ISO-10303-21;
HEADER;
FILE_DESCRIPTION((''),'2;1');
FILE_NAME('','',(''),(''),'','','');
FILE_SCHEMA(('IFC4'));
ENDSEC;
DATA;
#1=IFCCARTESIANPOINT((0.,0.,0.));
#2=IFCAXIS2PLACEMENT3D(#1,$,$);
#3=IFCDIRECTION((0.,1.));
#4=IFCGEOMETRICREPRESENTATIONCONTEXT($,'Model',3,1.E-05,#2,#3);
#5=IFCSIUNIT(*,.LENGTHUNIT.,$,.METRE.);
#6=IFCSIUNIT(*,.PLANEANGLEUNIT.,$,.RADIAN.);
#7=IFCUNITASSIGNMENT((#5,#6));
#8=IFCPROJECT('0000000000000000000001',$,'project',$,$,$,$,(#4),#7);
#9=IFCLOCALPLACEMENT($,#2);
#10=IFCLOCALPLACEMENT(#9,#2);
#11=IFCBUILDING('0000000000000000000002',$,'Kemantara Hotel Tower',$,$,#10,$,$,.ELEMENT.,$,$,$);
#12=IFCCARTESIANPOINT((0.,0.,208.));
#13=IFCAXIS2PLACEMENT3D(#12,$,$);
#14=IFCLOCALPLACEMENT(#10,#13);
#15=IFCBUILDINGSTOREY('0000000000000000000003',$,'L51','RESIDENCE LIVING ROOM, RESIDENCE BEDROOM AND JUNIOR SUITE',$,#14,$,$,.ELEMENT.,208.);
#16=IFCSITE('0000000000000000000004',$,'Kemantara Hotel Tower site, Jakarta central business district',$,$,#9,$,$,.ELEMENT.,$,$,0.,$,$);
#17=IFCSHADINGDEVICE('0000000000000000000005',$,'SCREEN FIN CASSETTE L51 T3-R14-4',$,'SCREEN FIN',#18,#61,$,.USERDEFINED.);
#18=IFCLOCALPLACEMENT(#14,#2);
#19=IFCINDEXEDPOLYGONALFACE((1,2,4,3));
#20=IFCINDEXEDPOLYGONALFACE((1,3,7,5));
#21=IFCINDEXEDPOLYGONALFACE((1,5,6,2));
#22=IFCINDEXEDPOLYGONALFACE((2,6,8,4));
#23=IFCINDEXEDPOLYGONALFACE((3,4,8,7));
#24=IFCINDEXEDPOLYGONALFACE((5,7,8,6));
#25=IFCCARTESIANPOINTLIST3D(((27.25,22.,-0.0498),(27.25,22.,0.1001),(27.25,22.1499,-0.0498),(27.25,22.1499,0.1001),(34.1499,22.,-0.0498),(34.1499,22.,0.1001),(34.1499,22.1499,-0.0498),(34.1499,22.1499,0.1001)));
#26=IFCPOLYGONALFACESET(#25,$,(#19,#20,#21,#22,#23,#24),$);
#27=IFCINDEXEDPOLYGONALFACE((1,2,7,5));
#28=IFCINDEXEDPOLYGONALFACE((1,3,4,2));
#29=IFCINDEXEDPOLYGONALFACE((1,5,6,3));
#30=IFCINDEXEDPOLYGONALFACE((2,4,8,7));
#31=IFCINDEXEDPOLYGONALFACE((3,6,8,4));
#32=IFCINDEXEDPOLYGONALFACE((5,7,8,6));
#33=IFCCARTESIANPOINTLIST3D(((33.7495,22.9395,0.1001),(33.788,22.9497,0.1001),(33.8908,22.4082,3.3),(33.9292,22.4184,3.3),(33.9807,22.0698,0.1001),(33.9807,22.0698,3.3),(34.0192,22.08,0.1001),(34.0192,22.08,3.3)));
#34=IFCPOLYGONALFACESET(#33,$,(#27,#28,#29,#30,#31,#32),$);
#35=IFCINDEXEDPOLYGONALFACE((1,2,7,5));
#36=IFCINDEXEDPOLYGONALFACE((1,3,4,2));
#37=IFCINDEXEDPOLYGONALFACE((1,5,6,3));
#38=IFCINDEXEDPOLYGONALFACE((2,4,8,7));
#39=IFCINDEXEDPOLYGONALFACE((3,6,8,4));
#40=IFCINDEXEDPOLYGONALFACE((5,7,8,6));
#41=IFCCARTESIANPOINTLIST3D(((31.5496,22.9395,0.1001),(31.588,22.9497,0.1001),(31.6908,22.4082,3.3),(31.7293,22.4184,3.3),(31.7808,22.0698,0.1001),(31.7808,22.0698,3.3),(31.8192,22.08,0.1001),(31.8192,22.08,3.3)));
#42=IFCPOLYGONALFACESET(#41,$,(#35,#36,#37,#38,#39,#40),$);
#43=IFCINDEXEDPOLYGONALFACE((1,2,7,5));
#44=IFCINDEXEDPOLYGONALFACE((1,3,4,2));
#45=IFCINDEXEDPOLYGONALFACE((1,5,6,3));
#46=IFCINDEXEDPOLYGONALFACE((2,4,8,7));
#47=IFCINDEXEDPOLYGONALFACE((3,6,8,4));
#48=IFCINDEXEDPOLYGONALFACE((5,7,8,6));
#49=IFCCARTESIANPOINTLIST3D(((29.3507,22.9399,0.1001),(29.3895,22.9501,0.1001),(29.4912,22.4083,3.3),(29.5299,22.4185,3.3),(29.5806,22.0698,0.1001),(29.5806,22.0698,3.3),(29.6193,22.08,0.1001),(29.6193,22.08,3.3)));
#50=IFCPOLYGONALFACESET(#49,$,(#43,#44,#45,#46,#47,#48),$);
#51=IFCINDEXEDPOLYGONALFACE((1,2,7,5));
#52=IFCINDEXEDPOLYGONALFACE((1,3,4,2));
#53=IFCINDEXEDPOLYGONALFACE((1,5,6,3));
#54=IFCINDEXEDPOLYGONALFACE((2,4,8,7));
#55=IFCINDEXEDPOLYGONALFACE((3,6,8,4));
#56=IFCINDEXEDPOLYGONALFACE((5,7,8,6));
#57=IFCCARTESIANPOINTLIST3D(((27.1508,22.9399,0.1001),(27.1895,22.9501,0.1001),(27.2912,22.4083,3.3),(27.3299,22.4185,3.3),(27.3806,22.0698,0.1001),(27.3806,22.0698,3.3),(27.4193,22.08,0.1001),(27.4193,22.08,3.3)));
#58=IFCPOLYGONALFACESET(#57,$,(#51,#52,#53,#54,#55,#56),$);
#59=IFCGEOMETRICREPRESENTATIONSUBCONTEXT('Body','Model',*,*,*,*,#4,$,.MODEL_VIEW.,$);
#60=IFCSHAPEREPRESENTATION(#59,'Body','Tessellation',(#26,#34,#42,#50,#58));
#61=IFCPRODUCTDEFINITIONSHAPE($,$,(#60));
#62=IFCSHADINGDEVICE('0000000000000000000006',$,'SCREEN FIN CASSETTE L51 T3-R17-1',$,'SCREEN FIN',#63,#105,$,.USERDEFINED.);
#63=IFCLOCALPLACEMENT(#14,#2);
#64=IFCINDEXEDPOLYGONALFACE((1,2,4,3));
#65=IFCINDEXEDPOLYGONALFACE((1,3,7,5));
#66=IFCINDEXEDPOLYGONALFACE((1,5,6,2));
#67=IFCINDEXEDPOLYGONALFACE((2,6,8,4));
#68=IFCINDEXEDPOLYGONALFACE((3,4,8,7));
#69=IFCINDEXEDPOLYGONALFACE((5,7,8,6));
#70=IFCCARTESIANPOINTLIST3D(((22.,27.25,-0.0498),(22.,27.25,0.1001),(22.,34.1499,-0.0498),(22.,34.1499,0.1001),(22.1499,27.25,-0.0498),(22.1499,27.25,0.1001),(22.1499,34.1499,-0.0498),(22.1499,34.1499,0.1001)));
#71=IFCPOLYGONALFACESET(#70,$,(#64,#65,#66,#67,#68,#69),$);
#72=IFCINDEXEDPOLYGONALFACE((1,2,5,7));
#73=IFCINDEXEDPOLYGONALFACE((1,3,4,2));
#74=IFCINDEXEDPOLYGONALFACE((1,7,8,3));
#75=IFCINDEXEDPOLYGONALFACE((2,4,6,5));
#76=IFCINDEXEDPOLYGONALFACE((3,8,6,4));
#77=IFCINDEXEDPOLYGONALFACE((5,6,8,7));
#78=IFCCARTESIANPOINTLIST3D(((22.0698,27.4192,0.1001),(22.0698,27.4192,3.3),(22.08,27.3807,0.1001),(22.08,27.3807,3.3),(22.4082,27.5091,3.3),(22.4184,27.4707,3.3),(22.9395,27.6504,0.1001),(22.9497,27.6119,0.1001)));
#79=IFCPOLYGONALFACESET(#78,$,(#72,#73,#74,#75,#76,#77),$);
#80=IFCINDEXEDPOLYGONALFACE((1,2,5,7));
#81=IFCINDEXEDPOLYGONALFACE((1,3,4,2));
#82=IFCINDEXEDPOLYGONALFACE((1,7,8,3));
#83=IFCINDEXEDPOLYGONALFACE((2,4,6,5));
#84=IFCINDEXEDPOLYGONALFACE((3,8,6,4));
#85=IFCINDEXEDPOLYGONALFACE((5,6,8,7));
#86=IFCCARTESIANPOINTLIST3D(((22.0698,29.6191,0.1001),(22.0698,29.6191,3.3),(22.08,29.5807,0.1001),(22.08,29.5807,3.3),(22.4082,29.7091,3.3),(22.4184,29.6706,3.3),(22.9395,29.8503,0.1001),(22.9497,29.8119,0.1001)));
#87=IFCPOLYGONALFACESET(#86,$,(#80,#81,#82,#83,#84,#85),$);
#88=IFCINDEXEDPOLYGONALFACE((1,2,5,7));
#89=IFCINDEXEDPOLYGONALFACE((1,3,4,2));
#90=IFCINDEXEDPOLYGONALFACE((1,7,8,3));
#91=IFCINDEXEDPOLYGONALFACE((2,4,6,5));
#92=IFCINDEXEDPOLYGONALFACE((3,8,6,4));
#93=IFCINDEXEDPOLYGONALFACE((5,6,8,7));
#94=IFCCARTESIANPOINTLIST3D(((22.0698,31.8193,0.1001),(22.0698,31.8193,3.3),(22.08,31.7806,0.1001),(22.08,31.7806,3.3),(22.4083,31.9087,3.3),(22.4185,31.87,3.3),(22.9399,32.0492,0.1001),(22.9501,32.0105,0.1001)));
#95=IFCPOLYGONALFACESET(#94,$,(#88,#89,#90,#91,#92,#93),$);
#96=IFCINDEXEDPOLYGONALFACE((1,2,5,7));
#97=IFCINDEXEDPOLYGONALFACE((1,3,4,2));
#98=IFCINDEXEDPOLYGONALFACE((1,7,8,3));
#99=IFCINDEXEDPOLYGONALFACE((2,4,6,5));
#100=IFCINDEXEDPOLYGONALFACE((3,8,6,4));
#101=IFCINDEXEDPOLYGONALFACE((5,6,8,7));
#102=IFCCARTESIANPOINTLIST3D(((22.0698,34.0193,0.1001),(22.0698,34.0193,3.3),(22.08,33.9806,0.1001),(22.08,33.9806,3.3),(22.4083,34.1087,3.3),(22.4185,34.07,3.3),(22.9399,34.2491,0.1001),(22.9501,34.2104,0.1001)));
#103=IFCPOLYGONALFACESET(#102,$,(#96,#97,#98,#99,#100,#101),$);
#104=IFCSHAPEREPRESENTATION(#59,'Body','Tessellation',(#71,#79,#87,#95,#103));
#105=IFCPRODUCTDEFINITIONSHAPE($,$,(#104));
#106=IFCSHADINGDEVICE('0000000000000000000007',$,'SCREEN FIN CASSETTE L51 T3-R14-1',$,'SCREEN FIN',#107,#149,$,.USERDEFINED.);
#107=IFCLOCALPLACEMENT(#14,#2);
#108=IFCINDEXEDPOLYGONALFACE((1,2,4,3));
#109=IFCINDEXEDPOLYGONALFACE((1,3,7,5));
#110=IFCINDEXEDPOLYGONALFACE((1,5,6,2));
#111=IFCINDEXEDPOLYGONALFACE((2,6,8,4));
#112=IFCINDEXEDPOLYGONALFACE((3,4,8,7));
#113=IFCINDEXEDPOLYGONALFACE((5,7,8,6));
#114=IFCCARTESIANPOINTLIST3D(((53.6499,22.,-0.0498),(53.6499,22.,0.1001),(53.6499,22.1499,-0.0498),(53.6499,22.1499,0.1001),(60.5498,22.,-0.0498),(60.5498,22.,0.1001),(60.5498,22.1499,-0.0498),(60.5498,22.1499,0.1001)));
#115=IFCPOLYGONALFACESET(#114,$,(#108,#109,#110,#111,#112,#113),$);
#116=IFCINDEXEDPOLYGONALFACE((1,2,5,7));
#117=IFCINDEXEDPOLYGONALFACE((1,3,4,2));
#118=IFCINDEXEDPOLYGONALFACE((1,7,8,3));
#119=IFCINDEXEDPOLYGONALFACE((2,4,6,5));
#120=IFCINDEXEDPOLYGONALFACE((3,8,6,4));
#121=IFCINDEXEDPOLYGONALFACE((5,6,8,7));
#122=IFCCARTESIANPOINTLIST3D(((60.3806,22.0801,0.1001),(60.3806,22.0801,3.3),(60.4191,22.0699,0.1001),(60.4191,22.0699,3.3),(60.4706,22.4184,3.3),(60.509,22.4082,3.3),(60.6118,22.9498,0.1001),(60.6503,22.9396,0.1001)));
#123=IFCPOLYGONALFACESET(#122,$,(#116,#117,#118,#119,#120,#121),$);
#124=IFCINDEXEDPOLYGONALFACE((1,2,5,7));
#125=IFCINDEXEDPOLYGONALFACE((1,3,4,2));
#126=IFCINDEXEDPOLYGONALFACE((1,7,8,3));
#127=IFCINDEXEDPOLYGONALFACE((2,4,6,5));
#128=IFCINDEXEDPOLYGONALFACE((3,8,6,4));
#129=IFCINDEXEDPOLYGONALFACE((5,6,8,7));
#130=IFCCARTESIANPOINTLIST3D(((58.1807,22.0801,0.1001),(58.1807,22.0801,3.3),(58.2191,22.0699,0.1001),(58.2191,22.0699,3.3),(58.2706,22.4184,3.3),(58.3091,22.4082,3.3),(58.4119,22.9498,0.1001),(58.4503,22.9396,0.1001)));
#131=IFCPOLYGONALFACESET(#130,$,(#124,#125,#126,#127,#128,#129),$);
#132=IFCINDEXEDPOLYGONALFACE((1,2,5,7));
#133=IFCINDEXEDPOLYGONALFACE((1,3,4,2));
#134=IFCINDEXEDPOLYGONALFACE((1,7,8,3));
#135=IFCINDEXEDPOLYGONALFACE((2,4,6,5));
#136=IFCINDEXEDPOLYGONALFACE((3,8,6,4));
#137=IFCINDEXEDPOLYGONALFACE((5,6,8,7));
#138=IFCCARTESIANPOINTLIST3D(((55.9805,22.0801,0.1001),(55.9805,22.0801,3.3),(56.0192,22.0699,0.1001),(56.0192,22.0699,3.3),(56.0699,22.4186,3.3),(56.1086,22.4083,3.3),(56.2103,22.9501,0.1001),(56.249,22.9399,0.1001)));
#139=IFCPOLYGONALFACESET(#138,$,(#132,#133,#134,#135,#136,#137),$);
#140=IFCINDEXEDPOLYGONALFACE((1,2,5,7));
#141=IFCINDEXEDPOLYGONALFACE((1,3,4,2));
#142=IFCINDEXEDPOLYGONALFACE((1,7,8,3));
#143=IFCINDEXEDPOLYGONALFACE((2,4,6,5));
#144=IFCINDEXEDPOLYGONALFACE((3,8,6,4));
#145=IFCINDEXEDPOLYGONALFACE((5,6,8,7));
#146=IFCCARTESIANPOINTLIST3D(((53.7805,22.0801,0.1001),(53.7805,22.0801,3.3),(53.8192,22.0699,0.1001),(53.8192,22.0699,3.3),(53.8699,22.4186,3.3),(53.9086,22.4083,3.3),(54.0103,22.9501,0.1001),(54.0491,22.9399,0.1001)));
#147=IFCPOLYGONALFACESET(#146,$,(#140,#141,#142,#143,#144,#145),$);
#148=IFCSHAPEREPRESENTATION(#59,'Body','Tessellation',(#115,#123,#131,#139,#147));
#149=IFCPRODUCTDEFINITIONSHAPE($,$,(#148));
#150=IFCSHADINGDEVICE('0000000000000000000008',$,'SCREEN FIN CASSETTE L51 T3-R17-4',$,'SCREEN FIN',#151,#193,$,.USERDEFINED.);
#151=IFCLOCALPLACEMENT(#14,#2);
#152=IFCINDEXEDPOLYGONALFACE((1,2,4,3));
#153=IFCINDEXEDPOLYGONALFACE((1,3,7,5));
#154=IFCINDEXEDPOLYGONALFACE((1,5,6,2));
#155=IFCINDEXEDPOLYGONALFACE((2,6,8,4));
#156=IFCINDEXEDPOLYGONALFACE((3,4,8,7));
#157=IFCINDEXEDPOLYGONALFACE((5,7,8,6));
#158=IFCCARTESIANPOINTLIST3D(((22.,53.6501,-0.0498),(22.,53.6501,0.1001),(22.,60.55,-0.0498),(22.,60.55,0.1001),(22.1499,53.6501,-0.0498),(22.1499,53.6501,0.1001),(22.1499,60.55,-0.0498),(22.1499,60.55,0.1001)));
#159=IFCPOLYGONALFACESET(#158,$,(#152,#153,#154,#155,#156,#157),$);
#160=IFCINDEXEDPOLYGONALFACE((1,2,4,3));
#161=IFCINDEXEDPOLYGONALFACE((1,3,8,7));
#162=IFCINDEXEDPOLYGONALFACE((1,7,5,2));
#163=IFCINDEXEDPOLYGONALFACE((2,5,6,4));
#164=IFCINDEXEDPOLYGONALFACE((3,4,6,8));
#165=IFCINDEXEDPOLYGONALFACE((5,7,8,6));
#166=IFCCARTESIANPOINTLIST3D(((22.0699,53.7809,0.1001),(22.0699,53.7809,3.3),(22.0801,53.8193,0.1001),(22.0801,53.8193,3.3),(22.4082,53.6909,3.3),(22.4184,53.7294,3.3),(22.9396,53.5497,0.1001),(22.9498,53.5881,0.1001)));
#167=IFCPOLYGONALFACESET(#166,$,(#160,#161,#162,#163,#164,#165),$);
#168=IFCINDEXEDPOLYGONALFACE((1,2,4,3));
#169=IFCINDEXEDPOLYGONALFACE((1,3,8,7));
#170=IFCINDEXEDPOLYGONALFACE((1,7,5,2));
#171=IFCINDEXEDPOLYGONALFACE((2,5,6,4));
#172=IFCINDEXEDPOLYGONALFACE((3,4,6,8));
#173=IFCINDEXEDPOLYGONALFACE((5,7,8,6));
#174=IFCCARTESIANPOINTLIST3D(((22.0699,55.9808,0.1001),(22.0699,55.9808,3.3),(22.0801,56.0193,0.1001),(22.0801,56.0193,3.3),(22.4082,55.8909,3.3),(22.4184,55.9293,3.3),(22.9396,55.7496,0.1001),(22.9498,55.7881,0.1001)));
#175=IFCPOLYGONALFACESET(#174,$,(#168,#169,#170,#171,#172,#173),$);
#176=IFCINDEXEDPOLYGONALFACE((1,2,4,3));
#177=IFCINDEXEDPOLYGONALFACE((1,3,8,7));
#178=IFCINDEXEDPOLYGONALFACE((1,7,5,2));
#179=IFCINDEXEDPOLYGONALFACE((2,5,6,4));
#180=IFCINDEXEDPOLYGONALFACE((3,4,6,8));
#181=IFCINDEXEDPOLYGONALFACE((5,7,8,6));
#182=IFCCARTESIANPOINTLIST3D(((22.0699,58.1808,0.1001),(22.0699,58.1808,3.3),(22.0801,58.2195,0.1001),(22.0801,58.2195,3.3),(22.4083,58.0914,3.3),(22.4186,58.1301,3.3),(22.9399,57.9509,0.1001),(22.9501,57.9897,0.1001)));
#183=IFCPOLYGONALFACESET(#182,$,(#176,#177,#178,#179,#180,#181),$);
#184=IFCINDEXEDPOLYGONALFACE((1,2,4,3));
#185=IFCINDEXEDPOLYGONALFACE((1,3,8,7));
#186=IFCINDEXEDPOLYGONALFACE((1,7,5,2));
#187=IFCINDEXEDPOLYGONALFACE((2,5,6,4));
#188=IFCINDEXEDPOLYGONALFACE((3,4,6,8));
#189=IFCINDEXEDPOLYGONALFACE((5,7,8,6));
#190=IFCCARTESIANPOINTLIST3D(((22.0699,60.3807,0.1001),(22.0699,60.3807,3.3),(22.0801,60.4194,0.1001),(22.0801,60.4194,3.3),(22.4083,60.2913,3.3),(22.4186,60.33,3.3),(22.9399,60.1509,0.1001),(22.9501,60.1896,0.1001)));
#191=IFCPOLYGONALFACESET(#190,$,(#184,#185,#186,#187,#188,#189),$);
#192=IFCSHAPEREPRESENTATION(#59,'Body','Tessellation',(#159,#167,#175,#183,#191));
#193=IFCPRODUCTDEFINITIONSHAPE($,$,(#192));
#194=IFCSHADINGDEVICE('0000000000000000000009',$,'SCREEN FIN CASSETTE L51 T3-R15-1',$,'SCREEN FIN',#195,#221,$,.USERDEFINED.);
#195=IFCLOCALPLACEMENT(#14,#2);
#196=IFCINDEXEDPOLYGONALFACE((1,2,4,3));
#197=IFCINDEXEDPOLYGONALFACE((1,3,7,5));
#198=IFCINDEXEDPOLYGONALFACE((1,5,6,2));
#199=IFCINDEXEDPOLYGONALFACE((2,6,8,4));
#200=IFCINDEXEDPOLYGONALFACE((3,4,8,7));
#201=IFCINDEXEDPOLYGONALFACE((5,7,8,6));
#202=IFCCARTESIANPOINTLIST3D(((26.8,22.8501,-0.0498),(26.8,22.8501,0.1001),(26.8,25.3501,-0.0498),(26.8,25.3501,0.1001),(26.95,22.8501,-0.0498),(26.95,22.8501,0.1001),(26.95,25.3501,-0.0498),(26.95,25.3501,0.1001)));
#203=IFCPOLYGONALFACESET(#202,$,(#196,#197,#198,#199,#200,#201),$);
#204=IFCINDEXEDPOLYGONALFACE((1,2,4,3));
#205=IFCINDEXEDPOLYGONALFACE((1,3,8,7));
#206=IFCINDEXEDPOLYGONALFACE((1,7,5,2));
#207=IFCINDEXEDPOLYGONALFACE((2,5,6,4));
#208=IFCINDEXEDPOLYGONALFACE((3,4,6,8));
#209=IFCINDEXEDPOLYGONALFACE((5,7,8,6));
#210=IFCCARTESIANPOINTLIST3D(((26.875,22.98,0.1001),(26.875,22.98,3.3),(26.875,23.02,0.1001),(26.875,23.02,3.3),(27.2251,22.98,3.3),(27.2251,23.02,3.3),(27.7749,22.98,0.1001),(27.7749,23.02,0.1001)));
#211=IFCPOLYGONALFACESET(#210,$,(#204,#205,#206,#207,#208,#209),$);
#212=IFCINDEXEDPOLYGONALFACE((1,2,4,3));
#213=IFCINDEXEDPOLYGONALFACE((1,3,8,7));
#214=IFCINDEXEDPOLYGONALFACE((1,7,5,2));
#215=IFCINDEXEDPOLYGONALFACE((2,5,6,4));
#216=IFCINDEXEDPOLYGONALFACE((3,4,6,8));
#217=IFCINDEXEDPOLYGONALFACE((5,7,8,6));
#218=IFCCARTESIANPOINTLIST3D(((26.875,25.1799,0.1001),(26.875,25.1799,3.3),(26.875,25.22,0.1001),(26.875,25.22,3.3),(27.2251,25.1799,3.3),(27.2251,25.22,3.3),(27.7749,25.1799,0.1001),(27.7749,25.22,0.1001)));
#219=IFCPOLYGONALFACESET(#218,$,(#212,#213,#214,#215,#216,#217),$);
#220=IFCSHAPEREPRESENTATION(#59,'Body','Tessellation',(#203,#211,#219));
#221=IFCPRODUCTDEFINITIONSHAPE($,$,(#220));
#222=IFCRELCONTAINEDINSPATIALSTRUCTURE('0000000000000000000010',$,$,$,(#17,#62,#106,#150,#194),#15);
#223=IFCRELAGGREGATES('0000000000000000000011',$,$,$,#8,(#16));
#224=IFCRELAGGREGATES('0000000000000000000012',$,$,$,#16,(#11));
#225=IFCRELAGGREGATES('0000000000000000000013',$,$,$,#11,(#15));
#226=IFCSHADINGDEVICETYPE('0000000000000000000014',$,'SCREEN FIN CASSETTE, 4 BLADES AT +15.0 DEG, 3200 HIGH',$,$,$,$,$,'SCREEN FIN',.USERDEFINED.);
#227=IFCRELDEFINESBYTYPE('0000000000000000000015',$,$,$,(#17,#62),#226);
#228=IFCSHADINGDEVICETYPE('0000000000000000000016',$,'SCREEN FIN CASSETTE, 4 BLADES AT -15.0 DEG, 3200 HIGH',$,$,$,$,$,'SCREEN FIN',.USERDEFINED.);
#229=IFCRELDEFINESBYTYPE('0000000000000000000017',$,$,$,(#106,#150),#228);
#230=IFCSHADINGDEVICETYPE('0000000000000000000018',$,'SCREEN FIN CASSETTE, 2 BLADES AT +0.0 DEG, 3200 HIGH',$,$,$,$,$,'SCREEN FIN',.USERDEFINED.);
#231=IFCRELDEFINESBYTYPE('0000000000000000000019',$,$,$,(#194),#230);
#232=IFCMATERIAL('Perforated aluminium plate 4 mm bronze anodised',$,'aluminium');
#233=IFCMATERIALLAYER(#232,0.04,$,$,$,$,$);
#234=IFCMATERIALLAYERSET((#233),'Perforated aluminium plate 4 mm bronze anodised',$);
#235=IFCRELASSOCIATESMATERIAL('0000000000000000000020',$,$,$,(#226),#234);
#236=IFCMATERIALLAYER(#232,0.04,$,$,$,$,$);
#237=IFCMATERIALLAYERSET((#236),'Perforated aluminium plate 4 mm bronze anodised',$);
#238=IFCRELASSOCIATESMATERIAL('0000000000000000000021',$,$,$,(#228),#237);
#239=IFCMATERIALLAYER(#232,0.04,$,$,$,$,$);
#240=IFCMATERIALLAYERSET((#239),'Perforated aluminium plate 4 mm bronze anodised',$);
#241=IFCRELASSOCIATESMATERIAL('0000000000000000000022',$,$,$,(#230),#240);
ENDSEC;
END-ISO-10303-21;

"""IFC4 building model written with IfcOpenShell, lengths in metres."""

from ifc_helpers import new_model, si_unit, direction, frame, origin, origin_2d, place, context, subcontext, project, spatial, polyline, rectangle, outline, extrude, source, transform, mapped, material, layer, layer_set, type_object, element, save


model = new_model("IFC4")

# Units and contexts
model_context = context("Model", 3, precision=1e-05, world=origin(), true_north=direction((0.0, 1.0)))
body_context = subcontext(model_context, "Body", "Model", "MODEL_VIEW")
ifc_project = project(units=[si_unit("LENGTHUNIT", "METRE"), si_unit("PLANEANGLEUNIT", "RADIAN")], contexts=[model_context])

# Site, building, storey
site_placement = place(None, origin())
site = spatial("IfcSite", under=ifc_project, at=site_placement, Name="Kemantara Hotel Tower site, Jakarta central business district", CompositionType="ELEMENT", RefElevation=0.0)
building_placement = place(site_placement, origin())
building = spatial("IfcBuilding", under=site, at=building_placement, Name="Kemantara Hotel Tower", CompositionType="ELEMENT")
storey_placement = place(building_placement, frame((0.0, 0.0, 208.0)))
storey = spatial("IfcBuildingStorey", under=building, at=storey_placement, Name="L51", Description="RESIDENCE LIVING ROOM, RESIDENCE BEDROOM AND JUNIOR SUITE", CompositionType="ELEMENT", Elevation=208.0)

# Shading devices
ifc_material_1 = material(Name="Perforated aluminium plate 4 mm bronze anodised", Category="aluminium")
ifc_layer_1 = layer(ifc_material_1, 0.04)
ifc_layer_set_1 = layer_set([ifc_layer_1], Name="Perforated aluminium plate 4 mm bronze anodised")
shading_device_type_1 = type_object("IfcShadingDeviceType", Name="SCREEN FIN CASSETTE, 4 BLADES AT +15.0 DEG, 3200 HIGH", ElementType="SCREEN FIN", PredefinedType="USERDEFINED", material=ifc_layer_set_1)
shared_shape_1 = source(origin(), body_context, "Body", "SweptSolid", [
    extrude(rectangle(XDim=6.8999, YDim=0.1499, at=origin_2d()), frame((3.3, -0.075, -0.1499), z_axis=(0.0, 0.0, 1.0), x_axis=(1.0, 0.0, 0.0)), (0.0, 0.0, 1.0), 0.1499),
    extrude(outline(polyline([(0.0, 0.0), (0.8999, 0.0), (0.3501, 3.2), (0.0, 3.2), (0.0, 0.0)])), frame((0.0193, -0.0698, 0.0), z_axis=(-0.966438, -0.256901, 0.0), x_axis=(0.256901, -0.966438, 0.0)), (0.0, 0.0, 1.0), 0.0398),
    extrude(outline(polyline([(0.0, 0.0), (0.8999, 0.0), (0.3501, 3.2), (0.0, 3.2), (0.0, 0.0)])), frame((2.2192, -0.0698, 0.0), z_axis=(-0.966438, -0.256901, 0.0), x_axis=(0.256901, -0.966438, 0.0)), (0.0, 0.0, 1.0), 0.0398),
    extrude(outline(polyline([(0.0, 0.0), (0.8999, 0.0), (0.3501, 3.2), (0.0, 3.2), (0.0, 0.0)])), frame((4.4194, -0.0698, 0.0), z_axis=(-0.966838, -0.255391, 0.0), x_axis=(0.255391, -0.966838, 0.0)), (0.0, 0.0, 1.0), 0.04),
    extrude(outline(polyline([(0.0, 0.0), (0.8999, 0.0), (0.3501, 3.2), (0.0, 3.2), (0.0, 0.0)])), frame((6.6194, -0.0698, 0.0), z_axis=(-0.966838, -0.255391, 0.0), x_axis=(0.255391, -0.966838, 0.0)), (0.0, 0.0, 1.0), 0.04),
])
for number, where, z_axis, x_axis, name in (
    (1, (34.0, 22.0, 0.1001), (0.0, 0.0, 1.0), (-1.0, 0.0, 0.0), "SCREEN FIN CASSETTE L51 T3-R14-4"),
    (2, (22.0, 27.3999, 0.1001), (0.0, 0.0, 1.0), (0.0, 1.0, 0.0), "SCREEN FIN CASSETTE L51 T3-R17-1"),
):
    element("IfcShadingDevice", number, at=place(storey_placement, frame(where, z_axis=z_axis, x_axis=x_axis)), inside=storey, type_object=shading_device_type_1, Name=name, ObjectType="SCREEN FIN", PredefinedType="USERDEFINED", context=body_context, shape_type="MappedRepresentation", body=[
        mapped(shared_shape_1, transform((0.0, 0.0, 0.0))),
    ])
ifc_layer_2 = layer(ifc_material_1, 0.04)
ifc_layer_set_2 = layer_set([ifc_layer_2], Name="Perforated aluminium plate 4 mm bronze anodised")
shading_device_type_2 = type_object("IfcShadingDeviceType", Name="SCREEN FIN CASSETTE, 4 BLADES AT -15.0 DEG, 3200 HIGH", ElementType="SCREEN FIN", PredefinedType="USERDEFINED", material=ifc_layer_set_2)
shared_shape_2 = source(origin(), body_context, "Body", "SweptSolid", [
    extrude(rectangle(XDim=6.8999, YDim=0.1499, at=origin_2d()), frame((3.3, -0.075, -0.1499), z_axis=(0.0, 0.0, 1.0), x_axis=(1.0, 0.0, 0.0)), (0.0, 0.0, 1.0), 0.1499),
    extrude(outline(polyline([(0.0, 0.0), (0.8999, 0.0), (0.3501, 3.2), (0.0, 3.2), (0.0, 0.0)])), frame((0.0193, -0.0801, 0.0), z_axis=(-0.966438, 0.256901, 0.0), x_axis=(-0.256901, -0.966438, 0.0)), (0.0, 0.0, 1.0), 0.0398),
    extrude(outline(polyline([(0.0, 0.0), (0.8999, 0.0), (0.3501, 3.2), (0.0, 3.2), (0.0, 0.0)])), frame((2.2192, -0.0801, 0.0), z_axis=(-0.966438, 0.256901, 0.0), x_axis=(-0.256901, -0.966438, 0.0)), (0.0, 0.0, 1.0), 0.0398),
    extrude(outline(polyline([(0.0, 0.0), (0.8999, 0.0), (0.3501, 3.2), (0.0, 3.2), (0.0, 0.0)])), frame((4.4194, -0.0801, 0.0), z_axis=(-0.966838, 0.255391, 0.0), x_axis=(-0.255391, -0.966838, 0.0)), (0.0, 0.0, 1.0), 0.04),
    extrude(outline(polyline([(0.0, 0.0), (0.8999, 0.0), (0.3501, 3.2), (0.0, 3.2), (0.0, 0.0)])), frame((6.6194, -0.0801, 0.0), z_axis=(-0.966838, 0.255391, 0.0), x_axis=(-0.255391, -0.966838, 0.0)), (0.0, 0.0, 1.0), 0.04),
])
for number, where, z_axis, x_axis, name in (
    (3, (60.3999, 22.0, 0.1001), (0.0, 0.0, 1.0), (-1.0, 0.0, 0.0), "SCREEN FIN CASSETTE L51 T3-R14-1"),
    (4, (22.0, 53.8, 0.1001), (0.0, 0.0, 1.0), (0.0, 1.0, 0.0), "SCREEN FIN CASSETTE L51 T3-R17-4"),
):
    element("IfcShadingDevice", number, at=place(storey_placement, frame(where, z_axis=z_axis, x_axis=x_axis)), inside=storey, type_object=shading_device_type_2, Name=name, ObjectType="SCREEN FIN", PredefinedType="USERDEFINED", context=body_context, shape_type="MappedRepresentation", body=[
        mapped(shared_shape_2, transform((0.0, 0.0, 0.0))),
    ])
ifc_layer_3 = layer(ifc_material_1, 0.04)
ifc_layer_set_3 = layer_set([ifc_layer_3], Name="Perforated aluminium plate 4 mm bronze anodised")
shading_device_type_3 = type_object("IfcShadingDeviceType", Name="SCREEN FIN CASSETTE, 2 BLADES AT +0.0 DEG, 3200 HIGH", ElementType="SCREEN FIN", PredefinedType="USERDEFINED", material=ifc_layer_set_3)
shared_shape_3 = source(origin(), body_context, "Body", "SweptSolid", [
    extrude(rectangle(XDim=2.5, YDim=0.1499, at=origin_2d()), frame((1.1001, -0.075, -0.1499), z_axis=(0.0, 0.0, 1.0), x_axis=(1.0, 0.0, 0.0)), (0.0, 0.0, 1.0), 0.1499),
    extrude(outline(polyline([(0.0, 0.0), (0.8999, 0.0), (0.3501, 3.2), (0.0, 3.2), (0.0, 0.0)])), frame((0.02, -0.075, 0.0), z_axis=(-1.0, 0.0, 0.0), x_axis=(0.0, -1.0, 0.0)), (0.0, 0.0, 1.0), 0.04),
    extrude(outline(polyline([(0.0, 0.0), (0.8999, 0.0), (0.3501, 3.2), (0.0, 3.2), (0.0, 0.0)])), frame((2.22, -0.075, 0.0), z_axis=(-1.0, 0.0, 0.0), x_axis=(0.0, -1.0, 0.0)), (0.0, 0.0, 1.0), 0.04),
])
for number, where, z_axis, x_axis, name in (
    (5, (26.8, 23.0, 0.1001), (0.0, 0.0, 1.0), (0.0, 1.0, 0.0), "SCREEN FIN CASSETTE L51 T3-R15-1"),
):
    element("IfcShadingDevice", number, at=place(storey_placement, frame(where, z_axis=z_axis, x_axis=x_axis)), inside=storey, type_object=shading_device_type_3, Name=name, ObjectType="SCREEN FIN", PredefinedType="USERDEFINED", context=body_context, shape_type="MappedRepresentation", body=[
        mapped(shared_shape_3, transform((0.0, 0.0, 0.0))),
    ])

save(model, "model.ifc")
